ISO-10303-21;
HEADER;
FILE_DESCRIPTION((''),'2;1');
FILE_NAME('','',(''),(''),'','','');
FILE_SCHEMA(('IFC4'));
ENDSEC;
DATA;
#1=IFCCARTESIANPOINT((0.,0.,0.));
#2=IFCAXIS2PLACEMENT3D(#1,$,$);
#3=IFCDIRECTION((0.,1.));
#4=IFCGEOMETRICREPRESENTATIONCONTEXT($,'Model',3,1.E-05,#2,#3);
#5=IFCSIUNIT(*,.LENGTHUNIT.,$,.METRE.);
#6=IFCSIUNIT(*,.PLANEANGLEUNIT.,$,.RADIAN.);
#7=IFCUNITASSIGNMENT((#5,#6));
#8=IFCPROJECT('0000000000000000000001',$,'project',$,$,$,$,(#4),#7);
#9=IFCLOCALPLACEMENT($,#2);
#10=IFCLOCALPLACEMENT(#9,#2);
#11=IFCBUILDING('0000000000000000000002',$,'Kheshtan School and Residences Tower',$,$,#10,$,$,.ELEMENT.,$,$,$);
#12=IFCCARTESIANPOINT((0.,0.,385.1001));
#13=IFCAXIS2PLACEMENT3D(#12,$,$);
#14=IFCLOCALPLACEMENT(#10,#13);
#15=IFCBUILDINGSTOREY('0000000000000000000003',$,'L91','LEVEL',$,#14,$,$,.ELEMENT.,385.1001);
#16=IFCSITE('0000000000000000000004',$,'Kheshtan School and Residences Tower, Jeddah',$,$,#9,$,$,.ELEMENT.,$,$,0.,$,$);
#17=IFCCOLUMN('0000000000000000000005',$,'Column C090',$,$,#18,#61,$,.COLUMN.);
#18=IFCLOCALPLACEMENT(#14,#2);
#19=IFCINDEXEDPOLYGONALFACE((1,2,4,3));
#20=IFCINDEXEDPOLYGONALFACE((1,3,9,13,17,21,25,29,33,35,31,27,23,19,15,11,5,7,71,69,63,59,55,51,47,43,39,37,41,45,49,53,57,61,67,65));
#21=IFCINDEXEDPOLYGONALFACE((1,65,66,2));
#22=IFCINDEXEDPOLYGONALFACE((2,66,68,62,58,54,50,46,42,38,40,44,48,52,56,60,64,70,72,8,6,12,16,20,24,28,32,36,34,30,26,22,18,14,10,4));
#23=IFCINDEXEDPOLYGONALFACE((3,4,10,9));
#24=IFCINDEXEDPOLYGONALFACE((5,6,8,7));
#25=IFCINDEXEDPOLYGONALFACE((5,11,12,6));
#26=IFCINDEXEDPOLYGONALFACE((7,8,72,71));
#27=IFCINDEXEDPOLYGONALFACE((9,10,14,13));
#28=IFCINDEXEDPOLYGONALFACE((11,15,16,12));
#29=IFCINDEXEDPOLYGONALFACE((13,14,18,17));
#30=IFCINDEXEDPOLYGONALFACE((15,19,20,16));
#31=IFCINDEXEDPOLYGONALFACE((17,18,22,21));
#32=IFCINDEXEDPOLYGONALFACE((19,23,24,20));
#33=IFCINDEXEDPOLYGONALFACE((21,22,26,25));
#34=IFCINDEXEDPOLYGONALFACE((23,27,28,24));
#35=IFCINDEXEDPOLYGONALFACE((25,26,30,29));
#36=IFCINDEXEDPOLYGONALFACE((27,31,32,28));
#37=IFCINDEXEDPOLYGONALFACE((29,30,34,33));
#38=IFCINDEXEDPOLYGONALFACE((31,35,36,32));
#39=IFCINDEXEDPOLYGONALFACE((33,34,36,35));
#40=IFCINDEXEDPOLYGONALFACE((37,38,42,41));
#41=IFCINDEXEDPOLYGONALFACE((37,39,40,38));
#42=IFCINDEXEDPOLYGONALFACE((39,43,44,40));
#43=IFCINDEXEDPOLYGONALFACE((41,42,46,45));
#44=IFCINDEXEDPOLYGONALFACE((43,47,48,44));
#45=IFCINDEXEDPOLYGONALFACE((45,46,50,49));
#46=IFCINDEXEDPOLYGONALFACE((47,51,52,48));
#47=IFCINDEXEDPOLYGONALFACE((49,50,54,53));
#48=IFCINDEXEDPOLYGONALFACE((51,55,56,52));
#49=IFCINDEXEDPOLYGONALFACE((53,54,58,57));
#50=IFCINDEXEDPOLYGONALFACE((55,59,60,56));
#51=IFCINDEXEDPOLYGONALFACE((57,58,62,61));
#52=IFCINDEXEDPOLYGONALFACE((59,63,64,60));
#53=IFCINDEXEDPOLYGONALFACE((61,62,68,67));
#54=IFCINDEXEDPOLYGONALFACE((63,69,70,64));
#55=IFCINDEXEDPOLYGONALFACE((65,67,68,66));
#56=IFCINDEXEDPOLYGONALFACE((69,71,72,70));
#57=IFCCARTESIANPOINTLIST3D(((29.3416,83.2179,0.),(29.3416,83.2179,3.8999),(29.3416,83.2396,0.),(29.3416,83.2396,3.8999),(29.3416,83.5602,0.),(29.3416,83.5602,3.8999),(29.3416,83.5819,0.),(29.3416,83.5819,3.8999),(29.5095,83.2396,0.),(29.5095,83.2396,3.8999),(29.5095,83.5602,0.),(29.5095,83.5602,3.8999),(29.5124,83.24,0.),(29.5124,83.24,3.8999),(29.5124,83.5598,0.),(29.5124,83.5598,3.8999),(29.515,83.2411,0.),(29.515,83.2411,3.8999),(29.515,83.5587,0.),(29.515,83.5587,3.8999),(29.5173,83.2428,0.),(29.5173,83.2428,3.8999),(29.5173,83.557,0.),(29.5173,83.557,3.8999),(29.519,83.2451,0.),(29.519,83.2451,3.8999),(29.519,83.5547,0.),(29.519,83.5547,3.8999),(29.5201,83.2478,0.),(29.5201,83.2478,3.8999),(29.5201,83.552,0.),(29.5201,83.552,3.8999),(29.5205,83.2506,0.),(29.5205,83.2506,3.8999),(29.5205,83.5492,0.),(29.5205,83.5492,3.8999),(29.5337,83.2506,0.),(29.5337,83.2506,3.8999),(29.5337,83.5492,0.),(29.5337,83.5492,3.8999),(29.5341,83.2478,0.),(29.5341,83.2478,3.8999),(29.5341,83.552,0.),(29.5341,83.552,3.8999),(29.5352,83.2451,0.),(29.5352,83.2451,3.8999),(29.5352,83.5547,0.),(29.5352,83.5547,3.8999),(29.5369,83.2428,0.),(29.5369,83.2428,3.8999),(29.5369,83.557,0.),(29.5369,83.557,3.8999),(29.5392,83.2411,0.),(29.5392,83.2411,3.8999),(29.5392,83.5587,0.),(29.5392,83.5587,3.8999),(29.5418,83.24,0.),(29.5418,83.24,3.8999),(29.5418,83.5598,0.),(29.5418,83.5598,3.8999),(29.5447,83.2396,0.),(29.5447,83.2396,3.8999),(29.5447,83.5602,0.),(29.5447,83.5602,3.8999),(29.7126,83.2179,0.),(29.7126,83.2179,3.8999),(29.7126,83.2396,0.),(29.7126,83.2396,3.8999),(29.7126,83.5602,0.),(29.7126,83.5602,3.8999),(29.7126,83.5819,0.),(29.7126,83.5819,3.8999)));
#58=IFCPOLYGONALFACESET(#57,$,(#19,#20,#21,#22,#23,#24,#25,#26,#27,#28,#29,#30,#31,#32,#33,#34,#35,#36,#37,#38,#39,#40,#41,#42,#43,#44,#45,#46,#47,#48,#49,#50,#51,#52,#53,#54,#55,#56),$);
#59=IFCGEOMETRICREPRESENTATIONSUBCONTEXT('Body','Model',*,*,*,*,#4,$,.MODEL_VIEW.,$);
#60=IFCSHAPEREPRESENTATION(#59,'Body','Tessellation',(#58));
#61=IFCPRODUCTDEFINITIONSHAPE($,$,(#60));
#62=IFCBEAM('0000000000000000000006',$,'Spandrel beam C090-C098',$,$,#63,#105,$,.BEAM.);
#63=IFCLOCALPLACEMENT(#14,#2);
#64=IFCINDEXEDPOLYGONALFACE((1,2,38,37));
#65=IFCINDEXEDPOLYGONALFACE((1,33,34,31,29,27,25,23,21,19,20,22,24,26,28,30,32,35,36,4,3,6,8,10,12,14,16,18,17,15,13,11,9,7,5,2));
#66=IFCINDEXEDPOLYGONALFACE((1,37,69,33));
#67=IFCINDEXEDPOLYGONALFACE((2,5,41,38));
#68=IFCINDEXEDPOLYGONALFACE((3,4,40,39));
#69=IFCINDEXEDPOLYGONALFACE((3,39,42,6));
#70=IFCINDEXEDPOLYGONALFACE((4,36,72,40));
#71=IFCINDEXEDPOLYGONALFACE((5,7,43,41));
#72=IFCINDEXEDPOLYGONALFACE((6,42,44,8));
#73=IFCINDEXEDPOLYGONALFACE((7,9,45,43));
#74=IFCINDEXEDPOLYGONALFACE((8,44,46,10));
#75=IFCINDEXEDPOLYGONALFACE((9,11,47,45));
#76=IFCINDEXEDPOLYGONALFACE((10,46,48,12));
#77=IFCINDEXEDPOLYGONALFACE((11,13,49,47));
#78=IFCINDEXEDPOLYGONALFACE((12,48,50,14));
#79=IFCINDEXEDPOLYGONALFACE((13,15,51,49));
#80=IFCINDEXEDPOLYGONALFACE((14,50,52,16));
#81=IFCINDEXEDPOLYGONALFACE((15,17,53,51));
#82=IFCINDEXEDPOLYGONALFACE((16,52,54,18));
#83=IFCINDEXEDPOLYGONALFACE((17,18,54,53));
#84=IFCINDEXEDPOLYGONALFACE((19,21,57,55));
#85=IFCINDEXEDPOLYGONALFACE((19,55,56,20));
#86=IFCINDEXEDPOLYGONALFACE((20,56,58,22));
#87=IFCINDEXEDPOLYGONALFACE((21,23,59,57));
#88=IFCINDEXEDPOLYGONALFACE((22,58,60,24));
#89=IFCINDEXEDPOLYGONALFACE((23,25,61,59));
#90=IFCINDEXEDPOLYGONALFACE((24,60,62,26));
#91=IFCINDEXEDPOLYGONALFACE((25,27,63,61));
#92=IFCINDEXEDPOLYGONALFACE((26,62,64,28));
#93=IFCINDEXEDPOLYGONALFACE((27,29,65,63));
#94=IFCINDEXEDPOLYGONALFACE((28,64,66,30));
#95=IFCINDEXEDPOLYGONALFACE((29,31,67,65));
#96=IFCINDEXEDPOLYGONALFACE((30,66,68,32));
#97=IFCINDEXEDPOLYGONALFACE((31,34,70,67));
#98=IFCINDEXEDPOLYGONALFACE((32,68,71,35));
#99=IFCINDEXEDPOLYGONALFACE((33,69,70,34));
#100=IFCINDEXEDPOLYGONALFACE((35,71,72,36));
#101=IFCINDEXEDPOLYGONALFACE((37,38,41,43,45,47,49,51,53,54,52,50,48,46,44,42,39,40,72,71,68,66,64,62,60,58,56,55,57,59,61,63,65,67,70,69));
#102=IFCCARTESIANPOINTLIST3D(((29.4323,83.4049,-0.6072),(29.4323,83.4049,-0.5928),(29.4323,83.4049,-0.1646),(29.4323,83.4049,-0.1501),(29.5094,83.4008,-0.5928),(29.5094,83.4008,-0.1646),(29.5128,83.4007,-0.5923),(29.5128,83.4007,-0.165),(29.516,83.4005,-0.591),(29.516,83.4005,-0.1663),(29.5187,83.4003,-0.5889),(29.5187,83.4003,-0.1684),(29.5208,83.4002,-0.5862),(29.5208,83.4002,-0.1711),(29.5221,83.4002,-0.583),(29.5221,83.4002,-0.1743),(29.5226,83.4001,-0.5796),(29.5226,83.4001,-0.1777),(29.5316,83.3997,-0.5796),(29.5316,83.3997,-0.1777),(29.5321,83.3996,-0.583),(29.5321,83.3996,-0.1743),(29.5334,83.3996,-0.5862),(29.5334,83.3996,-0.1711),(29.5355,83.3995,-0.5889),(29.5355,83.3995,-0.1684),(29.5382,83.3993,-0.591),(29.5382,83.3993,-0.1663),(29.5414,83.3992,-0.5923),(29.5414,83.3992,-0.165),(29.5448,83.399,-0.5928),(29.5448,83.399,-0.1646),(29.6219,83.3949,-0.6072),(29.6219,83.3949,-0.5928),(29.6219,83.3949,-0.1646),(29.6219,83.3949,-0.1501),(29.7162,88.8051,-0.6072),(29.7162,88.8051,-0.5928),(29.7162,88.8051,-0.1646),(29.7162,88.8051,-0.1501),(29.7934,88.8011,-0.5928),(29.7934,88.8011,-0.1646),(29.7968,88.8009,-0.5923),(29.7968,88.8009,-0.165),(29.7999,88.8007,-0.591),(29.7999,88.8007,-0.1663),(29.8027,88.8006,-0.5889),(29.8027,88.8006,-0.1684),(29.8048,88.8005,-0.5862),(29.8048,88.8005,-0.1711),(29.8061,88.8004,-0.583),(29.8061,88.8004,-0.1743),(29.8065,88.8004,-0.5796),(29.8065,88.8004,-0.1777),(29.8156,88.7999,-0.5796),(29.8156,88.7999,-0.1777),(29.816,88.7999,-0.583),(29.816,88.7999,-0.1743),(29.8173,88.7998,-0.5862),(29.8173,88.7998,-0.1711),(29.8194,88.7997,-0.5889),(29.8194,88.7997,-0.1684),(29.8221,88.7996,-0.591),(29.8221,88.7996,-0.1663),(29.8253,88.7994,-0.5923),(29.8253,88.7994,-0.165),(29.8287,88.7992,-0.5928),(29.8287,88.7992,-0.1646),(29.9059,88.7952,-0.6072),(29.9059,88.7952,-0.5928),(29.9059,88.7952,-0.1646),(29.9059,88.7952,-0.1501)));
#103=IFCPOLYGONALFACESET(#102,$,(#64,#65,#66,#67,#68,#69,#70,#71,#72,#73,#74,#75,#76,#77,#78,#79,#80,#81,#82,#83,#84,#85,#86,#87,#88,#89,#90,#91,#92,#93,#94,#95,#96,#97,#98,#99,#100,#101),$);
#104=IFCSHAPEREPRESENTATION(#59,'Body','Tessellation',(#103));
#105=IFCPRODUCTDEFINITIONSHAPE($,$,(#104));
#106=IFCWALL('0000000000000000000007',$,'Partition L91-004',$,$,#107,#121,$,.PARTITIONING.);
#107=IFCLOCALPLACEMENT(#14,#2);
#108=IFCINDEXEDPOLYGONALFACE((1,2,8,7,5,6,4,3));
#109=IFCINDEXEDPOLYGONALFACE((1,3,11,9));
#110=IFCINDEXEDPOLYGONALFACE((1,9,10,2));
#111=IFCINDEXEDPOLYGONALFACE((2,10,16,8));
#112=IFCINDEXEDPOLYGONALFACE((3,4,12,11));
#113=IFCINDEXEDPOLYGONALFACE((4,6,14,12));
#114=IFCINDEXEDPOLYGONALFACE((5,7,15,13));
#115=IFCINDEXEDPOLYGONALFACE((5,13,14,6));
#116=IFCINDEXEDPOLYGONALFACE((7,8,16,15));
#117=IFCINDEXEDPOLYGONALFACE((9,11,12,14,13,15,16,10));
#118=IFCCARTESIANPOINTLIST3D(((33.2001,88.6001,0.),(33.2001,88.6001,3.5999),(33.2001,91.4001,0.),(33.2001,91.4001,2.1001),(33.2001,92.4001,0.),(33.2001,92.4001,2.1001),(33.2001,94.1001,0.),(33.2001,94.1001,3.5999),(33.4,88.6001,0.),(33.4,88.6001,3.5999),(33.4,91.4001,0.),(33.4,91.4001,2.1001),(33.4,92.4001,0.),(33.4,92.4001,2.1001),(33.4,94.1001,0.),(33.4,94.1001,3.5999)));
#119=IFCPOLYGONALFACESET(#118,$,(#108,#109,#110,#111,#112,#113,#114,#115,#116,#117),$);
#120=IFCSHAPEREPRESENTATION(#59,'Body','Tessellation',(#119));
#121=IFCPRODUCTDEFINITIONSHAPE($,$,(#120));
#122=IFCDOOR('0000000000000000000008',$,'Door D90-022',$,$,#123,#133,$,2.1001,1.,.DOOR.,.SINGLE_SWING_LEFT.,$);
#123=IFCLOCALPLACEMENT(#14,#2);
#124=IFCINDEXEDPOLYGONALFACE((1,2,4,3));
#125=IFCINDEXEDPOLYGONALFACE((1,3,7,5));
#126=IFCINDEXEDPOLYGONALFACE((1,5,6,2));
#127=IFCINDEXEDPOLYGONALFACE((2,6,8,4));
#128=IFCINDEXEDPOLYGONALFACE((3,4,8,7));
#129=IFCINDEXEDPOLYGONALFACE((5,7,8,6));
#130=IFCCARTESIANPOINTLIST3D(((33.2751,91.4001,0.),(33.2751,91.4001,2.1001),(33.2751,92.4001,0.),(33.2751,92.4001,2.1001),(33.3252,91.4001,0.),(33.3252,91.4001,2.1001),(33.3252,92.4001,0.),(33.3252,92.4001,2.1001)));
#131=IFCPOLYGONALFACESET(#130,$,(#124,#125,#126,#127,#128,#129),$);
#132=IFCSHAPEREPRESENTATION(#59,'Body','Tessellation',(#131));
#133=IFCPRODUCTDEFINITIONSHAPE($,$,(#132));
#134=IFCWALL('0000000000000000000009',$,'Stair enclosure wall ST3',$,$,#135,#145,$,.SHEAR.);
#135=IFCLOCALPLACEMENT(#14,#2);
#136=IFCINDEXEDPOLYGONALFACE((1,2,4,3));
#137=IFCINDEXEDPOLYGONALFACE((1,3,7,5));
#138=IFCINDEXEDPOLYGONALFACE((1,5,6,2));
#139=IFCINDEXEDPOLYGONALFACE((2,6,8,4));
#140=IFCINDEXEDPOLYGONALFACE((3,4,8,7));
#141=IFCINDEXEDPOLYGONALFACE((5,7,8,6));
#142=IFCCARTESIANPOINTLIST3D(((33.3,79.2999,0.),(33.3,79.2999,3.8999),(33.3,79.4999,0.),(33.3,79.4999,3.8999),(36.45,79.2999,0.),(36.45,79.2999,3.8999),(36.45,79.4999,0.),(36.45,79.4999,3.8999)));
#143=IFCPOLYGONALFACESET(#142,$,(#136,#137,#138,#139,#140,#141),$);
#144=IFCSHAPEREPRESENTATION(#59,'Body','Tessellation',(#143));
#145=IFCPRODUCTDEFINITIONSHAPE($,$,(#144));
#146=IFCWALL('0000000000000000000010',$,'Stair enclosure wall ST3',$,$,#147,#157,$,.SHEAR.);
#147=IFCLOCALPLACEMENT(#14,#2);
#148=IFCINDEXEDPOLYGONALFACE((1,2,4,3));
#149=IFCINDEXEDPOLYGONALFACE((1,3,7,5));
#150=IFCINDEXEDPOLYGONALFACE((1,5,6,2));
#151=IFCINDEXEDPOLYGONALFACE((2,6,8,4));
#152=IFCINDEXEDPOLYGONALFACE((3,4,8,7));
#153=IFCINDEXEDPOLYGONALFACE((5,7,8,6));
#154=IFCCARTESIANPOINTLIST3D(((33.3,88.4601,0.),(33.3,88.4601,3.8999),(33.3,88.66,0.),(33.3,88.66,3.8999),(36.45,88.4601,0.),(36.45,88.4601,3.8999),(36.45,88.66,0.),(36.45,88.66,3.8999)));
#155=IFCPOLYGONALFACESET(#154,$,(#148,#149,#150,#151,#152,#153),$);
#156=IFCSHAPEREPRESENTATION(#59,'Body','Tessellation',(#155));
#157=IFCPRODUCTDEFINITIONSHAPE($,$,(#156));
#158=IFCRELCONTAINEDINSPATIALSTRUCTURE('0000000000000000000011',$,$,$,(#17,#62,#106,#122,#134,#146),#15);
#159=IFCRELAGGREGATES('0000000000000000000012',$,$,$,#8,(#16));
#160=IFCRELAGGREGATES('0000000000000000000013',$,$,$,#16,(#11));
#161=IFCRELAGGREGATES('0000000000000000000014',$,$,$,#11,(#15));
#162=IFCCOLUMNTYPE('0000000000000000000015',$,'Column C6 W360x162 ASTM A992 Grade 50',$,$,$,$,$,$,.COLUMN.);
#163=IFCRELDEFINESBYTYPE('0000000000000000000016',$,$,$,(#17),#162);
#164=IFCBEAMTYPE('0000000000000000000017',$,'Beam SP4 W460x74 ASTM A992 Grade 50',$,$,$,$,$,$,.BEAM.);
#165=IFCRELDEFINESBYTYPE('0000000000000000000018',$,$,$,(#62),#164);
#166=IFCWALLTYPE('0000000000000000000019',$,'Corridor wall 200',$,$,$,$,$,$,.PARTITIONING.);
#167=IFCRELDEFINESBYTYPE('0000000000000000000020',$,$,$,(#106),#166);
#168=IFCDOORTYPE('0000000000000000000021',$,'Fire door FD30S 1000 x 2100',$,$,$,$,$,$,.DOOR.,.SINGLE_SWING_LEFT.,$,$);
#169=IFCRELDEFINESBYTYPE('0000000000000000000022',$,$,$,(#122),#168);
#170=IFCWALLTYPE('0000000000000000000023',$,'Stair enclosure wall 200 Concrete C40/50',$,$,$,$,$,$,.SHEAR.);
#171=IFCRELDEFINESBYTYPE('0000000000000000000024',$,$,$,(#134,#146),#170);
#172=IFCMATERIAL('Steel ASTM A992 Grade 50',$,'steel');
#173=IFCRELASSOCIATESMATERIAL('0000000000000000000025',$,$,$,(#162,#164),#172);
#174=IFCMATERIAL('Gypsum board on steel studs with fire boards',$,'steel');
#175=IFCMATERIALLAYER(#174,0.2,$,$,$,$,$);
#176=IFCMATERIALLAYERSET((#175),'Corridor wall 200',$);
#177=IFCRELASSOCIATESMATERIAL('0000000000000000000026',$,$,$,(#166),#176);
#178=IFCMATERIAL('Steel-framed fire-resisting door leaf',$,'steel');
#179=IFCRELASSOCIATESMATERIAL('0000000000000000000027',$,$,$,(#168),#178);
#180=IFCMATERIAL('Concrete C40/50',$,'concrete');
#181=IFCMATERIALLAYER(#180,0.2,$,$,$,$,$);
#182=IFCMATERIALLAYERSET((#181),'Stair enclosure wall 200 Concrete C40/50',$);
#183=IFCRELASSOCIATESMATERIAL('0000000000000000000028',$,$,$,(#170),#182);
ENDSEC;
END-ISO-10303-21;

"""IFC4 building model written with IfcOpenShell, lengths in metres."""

from ifc_helpers import new_model, si_unit, direction, frame, frame_2d, origin, origin_2d, place, context, subcontext, project, spatial, rectangle, i_section, extrude, source, transform, mapped, material, layer, layer_set, material_profile, profile_set, type_object, element, fill, save


model = new_model("IFC4")

# Units and contexts
model_context = context("Model", 3, precision=1e-05, world=origin(), true_north=direction((0.0, 1.0)))
body_context = subcontext(model_context, "Body", "Model", "MODEL_VIEW")
ifc_project = project(units=[si_unit("LENGTHUNIT", "METRE"), si_unit("PLANEANGLEUNIT", "RADIAN")], contexts=[model_context])

# Site, building, storey
site_placement = place(None, origin())
site = spatial("IfcSite", under=ifc_project, at=site_placement, Name="Kheshtan School and Residences Tower, Jeddah", CompositionType="ELEMENT", RefElevation=0.0)
building_placement = place(site_placement, origin())
building = spatial("IfcBuilding", under=site, at=building_placement, Name="Kheshtan School and Residences Tower", CompositionType="ELEMENT")
storey_placement = place(building_placement, frame((0.0, 0.0, 385.1001)))
storey = spatial("IfcBuildingStorey", under=building, at=storey_placement, Name="L91", Description="LEVEL", CompositionType="ELEMENT", Elevation=385.1001)

# Column
ifc_material_1 = material(Name="Steel ASTM A992 Grade 50", Category="steel")
ifc_material_profile_1 = material_profile(ifc_material_1, i_section(OverallWidth=0.3711, OverallDepth=0.364, WebThickness=0.0132, FlangeThickness=0.0217, FilletRadius=0.011, at=origin_2d()), Name="W360x162")
ifc_profile_set_1 = profile_set([ifc_material_profile_1], Name="Steel ASTM A992 Grade 50")
column_type = type_object("IfcColumnType", Name="Column C6 W360x162 ASTM A992 Grade 50", PredefinedType="COLUMN", material=ifc_profile_set_1)
column_placement = place(storey_placement, frame((29.5271, 83.3999, 0.0), z_axis=(0.0, 0.0, 1.0), x_axis=(1.0, 0.0, 0.0)))
element("IfcColumn", 1, at=column_placement, inside=storey, type_object=column_type, Name="Column C090", PredefinedType="COLUMN", context=body_context, shape_type="SweptSolid", body=[
    extrude(i_section(OverallWidth=0.3711, OverallDepth=0.364, WebThickness=0.0132, FlangeThickness=0.0217, FilletRadius=0.011, at=origin_2d()), origin(), (0.0, 0.0, 1.0), 3.8999),
])

# Beam
ifc_material_profile_2 = material_profile(ifc_material_1, i_section(OverallWidth=0.1899, OverallDepth=0.457, WebThickness=0.009, FlangeThickness=0.0144, FilletRadius=0.0132, at=origin_2d()), Name="W460x74")
ifc_profile_set_2 = profile_set([ifc_material_profile_2], Name="Steel ASTM A992 Grade 50")
beam_type = type_object("IfcBeamType", Name="Beam SP4 W460x74 ASTM A992 Grade 50", PredefinedType="BEAM", material=ifc_profile_set_2)
beam_placement = place(storey_placement, frame((29.5271, 83.3999, -0.3787), z_axis=(0.052507, 0.998621, 0.0), x_axis=(-0.998621, 0.052507, 0.0)))
element("IfcBeam", 2, at=beam_placement, inside=storey, type_object=beam_type, Name="Spandrel beam C090-C098", PredefinedType="BEAM", context=body_context, shape_type="SweptSolid", body=[
    extrude(i_section(OverallWidth=0.1899, OverallDepth=0.457, WebThickness=0.009, FlangeThickness=0.0144, FilletRadius=0.0132, at=origin_2d()), origin(), (0.0, 0.0, 1.0), 5.4077),
])

# Wall, opening, door
ifc_material_2 = material(Name="Gypsum board on steel studs with fire boards", Category="steel")
ifc_layer_1 = layer(ifc_material_2, 0.2)
ifc_layer_set_1 = layer_set([ifc_layer_1], Name="Corridor wall 200")
wall_type_1 = type_object("IfcWallType", Name="Corridor wall 200", PredefinedType="PARTITIONING", material=ifc_layer_set_1)
wall_1_placement = place(storey_placement, frame((33.3, 88.6001, 0.0), z_axis=(0.0, 0.0, 1.0), x_axis=(0.0, 1.0, 0.0)))
wall_1 = element("IfcWall", 3, at=wall_1_placement, inside=storey, type_object=wall_type_1, Name="Partition L91-004", PredefinedType="PARTITIONING", context=body_context, shape_type="SweptSolid", body=[
    extrude(rectangle(XDim=5.5, YDim=0.2, at=frame_2d((2.75, 0.0))), origin(), (0.0, 0.0, 1.0), 3.5999),
])
opening_1_placement = place(wall_1_placement, frame((2.8, 0.0, 0.0)))
opening_1 = element("IfcOpeningElement", 4, at=opening_1_placement, cuts=wall_1, PredefinedType="OPENING", context=body_context, shape_type="SweptSolid", body=[
    extrude(rectangle(XDim=1.0, YDim=2.1001, at=frame_2d((0.5, 1.05))), frame((0.0, 0.1099, 0.0), z_axis=(0.0, -1.0, 0.0), x_axis=(1.0, 0.0, 0.0)), (0.0, 0.0, 1.0), 0.22),
])
ifc_material_3 = material(Name="Steel-framed fire-resisting door leaf", Category="steel")
door_type_1 = type_object("IfcDoorType", Name="Fire door FD30S 1000 x 2100", OperationType="SINGLE_SWING_LEFT", PredefinedType="DOOR", material=ifc_material_3)
shared_shape_1 = source(origin(), body_context, "Body", "SweptSolid", [
    extrude(rectangle(XDim=1.0, YDim=2.1001, at=frame_2d((0.5, 1.05))), frame((0.0, 0.0249, 0.0), z_axis=(0.0, -1.0, 0.0), x_axis=(1.0, 0.0, 0.0)), (0.0, 0.0, 1.0), 0.05),
])
door_1_placement = place(opening_1_placement, origin())
door_1 = element("IfcDoor", 5, at=door_1_placement, inside=storey, type_object=door_type_1, Name="Door D90-022", OperationType="SINGLE_SWING_LEFT", OverallHeight=2.1001, OverallWidth=1.0, PredefinedType="DOOR", context=body_context, shape_type="MappedRepresentation", body=[
    mapped(shared_shape_1, transform((0.0, 0.0, 0.0), x_axis=(1.0, 0.0, 0.0), y_axis=(0.0, 1.0, 0.0), z_axis=(0.0, 0.0, 1.0), scale=1.0)),
])
fill(opening_1, door_1)

# Walls
ifc_material_4 = material(Name="Concrete C40/50", Category="concrete")
ifc_layer_2 = layer(ifc_material_4, 0.2)
ifc_layer_set_2 = layer_set([ifc_layer_2], Name="Stair enclosure wall 200 Concrete C40/50")
wall_type_2 = type_object("IfcWallType", Name="Stair enclosure wall 200 Concrete C40/50", PredefinedType="SHEAR", material=ifc_layer_set_2)
for number, where, z_axis, x_axis, name in (
    (6, (33.3, 79.3999, 0.0), (0.0, 0.0, 1.0), (1.0, 0.0, 0.0), "Stair enclosure wall ST3"),
    (7, (33.3, 88.5601, 0.0), (0.0, 0.0, 1.0), (1.0, 0.0, 0.0), "Stair enclosure wall ST3"),
):
    element("IfcWall", number, at=place(storey_placement, frame(where, z_axis=z_axis, x_axis=x_axis)), inside=storey, type_object=wall_type_2, Name=name, PredefinedType="SHEAR", context=body_context, shape_type="SweptSolid", body=[
        extrude(rectangle(XDim=3.1499, YDim=0.2, at=frame_2d((1.575, 0.0))), origin(), (0.0, 0.0, 1.0), 3.8999),
    ])

save(model, "model.ifc")
